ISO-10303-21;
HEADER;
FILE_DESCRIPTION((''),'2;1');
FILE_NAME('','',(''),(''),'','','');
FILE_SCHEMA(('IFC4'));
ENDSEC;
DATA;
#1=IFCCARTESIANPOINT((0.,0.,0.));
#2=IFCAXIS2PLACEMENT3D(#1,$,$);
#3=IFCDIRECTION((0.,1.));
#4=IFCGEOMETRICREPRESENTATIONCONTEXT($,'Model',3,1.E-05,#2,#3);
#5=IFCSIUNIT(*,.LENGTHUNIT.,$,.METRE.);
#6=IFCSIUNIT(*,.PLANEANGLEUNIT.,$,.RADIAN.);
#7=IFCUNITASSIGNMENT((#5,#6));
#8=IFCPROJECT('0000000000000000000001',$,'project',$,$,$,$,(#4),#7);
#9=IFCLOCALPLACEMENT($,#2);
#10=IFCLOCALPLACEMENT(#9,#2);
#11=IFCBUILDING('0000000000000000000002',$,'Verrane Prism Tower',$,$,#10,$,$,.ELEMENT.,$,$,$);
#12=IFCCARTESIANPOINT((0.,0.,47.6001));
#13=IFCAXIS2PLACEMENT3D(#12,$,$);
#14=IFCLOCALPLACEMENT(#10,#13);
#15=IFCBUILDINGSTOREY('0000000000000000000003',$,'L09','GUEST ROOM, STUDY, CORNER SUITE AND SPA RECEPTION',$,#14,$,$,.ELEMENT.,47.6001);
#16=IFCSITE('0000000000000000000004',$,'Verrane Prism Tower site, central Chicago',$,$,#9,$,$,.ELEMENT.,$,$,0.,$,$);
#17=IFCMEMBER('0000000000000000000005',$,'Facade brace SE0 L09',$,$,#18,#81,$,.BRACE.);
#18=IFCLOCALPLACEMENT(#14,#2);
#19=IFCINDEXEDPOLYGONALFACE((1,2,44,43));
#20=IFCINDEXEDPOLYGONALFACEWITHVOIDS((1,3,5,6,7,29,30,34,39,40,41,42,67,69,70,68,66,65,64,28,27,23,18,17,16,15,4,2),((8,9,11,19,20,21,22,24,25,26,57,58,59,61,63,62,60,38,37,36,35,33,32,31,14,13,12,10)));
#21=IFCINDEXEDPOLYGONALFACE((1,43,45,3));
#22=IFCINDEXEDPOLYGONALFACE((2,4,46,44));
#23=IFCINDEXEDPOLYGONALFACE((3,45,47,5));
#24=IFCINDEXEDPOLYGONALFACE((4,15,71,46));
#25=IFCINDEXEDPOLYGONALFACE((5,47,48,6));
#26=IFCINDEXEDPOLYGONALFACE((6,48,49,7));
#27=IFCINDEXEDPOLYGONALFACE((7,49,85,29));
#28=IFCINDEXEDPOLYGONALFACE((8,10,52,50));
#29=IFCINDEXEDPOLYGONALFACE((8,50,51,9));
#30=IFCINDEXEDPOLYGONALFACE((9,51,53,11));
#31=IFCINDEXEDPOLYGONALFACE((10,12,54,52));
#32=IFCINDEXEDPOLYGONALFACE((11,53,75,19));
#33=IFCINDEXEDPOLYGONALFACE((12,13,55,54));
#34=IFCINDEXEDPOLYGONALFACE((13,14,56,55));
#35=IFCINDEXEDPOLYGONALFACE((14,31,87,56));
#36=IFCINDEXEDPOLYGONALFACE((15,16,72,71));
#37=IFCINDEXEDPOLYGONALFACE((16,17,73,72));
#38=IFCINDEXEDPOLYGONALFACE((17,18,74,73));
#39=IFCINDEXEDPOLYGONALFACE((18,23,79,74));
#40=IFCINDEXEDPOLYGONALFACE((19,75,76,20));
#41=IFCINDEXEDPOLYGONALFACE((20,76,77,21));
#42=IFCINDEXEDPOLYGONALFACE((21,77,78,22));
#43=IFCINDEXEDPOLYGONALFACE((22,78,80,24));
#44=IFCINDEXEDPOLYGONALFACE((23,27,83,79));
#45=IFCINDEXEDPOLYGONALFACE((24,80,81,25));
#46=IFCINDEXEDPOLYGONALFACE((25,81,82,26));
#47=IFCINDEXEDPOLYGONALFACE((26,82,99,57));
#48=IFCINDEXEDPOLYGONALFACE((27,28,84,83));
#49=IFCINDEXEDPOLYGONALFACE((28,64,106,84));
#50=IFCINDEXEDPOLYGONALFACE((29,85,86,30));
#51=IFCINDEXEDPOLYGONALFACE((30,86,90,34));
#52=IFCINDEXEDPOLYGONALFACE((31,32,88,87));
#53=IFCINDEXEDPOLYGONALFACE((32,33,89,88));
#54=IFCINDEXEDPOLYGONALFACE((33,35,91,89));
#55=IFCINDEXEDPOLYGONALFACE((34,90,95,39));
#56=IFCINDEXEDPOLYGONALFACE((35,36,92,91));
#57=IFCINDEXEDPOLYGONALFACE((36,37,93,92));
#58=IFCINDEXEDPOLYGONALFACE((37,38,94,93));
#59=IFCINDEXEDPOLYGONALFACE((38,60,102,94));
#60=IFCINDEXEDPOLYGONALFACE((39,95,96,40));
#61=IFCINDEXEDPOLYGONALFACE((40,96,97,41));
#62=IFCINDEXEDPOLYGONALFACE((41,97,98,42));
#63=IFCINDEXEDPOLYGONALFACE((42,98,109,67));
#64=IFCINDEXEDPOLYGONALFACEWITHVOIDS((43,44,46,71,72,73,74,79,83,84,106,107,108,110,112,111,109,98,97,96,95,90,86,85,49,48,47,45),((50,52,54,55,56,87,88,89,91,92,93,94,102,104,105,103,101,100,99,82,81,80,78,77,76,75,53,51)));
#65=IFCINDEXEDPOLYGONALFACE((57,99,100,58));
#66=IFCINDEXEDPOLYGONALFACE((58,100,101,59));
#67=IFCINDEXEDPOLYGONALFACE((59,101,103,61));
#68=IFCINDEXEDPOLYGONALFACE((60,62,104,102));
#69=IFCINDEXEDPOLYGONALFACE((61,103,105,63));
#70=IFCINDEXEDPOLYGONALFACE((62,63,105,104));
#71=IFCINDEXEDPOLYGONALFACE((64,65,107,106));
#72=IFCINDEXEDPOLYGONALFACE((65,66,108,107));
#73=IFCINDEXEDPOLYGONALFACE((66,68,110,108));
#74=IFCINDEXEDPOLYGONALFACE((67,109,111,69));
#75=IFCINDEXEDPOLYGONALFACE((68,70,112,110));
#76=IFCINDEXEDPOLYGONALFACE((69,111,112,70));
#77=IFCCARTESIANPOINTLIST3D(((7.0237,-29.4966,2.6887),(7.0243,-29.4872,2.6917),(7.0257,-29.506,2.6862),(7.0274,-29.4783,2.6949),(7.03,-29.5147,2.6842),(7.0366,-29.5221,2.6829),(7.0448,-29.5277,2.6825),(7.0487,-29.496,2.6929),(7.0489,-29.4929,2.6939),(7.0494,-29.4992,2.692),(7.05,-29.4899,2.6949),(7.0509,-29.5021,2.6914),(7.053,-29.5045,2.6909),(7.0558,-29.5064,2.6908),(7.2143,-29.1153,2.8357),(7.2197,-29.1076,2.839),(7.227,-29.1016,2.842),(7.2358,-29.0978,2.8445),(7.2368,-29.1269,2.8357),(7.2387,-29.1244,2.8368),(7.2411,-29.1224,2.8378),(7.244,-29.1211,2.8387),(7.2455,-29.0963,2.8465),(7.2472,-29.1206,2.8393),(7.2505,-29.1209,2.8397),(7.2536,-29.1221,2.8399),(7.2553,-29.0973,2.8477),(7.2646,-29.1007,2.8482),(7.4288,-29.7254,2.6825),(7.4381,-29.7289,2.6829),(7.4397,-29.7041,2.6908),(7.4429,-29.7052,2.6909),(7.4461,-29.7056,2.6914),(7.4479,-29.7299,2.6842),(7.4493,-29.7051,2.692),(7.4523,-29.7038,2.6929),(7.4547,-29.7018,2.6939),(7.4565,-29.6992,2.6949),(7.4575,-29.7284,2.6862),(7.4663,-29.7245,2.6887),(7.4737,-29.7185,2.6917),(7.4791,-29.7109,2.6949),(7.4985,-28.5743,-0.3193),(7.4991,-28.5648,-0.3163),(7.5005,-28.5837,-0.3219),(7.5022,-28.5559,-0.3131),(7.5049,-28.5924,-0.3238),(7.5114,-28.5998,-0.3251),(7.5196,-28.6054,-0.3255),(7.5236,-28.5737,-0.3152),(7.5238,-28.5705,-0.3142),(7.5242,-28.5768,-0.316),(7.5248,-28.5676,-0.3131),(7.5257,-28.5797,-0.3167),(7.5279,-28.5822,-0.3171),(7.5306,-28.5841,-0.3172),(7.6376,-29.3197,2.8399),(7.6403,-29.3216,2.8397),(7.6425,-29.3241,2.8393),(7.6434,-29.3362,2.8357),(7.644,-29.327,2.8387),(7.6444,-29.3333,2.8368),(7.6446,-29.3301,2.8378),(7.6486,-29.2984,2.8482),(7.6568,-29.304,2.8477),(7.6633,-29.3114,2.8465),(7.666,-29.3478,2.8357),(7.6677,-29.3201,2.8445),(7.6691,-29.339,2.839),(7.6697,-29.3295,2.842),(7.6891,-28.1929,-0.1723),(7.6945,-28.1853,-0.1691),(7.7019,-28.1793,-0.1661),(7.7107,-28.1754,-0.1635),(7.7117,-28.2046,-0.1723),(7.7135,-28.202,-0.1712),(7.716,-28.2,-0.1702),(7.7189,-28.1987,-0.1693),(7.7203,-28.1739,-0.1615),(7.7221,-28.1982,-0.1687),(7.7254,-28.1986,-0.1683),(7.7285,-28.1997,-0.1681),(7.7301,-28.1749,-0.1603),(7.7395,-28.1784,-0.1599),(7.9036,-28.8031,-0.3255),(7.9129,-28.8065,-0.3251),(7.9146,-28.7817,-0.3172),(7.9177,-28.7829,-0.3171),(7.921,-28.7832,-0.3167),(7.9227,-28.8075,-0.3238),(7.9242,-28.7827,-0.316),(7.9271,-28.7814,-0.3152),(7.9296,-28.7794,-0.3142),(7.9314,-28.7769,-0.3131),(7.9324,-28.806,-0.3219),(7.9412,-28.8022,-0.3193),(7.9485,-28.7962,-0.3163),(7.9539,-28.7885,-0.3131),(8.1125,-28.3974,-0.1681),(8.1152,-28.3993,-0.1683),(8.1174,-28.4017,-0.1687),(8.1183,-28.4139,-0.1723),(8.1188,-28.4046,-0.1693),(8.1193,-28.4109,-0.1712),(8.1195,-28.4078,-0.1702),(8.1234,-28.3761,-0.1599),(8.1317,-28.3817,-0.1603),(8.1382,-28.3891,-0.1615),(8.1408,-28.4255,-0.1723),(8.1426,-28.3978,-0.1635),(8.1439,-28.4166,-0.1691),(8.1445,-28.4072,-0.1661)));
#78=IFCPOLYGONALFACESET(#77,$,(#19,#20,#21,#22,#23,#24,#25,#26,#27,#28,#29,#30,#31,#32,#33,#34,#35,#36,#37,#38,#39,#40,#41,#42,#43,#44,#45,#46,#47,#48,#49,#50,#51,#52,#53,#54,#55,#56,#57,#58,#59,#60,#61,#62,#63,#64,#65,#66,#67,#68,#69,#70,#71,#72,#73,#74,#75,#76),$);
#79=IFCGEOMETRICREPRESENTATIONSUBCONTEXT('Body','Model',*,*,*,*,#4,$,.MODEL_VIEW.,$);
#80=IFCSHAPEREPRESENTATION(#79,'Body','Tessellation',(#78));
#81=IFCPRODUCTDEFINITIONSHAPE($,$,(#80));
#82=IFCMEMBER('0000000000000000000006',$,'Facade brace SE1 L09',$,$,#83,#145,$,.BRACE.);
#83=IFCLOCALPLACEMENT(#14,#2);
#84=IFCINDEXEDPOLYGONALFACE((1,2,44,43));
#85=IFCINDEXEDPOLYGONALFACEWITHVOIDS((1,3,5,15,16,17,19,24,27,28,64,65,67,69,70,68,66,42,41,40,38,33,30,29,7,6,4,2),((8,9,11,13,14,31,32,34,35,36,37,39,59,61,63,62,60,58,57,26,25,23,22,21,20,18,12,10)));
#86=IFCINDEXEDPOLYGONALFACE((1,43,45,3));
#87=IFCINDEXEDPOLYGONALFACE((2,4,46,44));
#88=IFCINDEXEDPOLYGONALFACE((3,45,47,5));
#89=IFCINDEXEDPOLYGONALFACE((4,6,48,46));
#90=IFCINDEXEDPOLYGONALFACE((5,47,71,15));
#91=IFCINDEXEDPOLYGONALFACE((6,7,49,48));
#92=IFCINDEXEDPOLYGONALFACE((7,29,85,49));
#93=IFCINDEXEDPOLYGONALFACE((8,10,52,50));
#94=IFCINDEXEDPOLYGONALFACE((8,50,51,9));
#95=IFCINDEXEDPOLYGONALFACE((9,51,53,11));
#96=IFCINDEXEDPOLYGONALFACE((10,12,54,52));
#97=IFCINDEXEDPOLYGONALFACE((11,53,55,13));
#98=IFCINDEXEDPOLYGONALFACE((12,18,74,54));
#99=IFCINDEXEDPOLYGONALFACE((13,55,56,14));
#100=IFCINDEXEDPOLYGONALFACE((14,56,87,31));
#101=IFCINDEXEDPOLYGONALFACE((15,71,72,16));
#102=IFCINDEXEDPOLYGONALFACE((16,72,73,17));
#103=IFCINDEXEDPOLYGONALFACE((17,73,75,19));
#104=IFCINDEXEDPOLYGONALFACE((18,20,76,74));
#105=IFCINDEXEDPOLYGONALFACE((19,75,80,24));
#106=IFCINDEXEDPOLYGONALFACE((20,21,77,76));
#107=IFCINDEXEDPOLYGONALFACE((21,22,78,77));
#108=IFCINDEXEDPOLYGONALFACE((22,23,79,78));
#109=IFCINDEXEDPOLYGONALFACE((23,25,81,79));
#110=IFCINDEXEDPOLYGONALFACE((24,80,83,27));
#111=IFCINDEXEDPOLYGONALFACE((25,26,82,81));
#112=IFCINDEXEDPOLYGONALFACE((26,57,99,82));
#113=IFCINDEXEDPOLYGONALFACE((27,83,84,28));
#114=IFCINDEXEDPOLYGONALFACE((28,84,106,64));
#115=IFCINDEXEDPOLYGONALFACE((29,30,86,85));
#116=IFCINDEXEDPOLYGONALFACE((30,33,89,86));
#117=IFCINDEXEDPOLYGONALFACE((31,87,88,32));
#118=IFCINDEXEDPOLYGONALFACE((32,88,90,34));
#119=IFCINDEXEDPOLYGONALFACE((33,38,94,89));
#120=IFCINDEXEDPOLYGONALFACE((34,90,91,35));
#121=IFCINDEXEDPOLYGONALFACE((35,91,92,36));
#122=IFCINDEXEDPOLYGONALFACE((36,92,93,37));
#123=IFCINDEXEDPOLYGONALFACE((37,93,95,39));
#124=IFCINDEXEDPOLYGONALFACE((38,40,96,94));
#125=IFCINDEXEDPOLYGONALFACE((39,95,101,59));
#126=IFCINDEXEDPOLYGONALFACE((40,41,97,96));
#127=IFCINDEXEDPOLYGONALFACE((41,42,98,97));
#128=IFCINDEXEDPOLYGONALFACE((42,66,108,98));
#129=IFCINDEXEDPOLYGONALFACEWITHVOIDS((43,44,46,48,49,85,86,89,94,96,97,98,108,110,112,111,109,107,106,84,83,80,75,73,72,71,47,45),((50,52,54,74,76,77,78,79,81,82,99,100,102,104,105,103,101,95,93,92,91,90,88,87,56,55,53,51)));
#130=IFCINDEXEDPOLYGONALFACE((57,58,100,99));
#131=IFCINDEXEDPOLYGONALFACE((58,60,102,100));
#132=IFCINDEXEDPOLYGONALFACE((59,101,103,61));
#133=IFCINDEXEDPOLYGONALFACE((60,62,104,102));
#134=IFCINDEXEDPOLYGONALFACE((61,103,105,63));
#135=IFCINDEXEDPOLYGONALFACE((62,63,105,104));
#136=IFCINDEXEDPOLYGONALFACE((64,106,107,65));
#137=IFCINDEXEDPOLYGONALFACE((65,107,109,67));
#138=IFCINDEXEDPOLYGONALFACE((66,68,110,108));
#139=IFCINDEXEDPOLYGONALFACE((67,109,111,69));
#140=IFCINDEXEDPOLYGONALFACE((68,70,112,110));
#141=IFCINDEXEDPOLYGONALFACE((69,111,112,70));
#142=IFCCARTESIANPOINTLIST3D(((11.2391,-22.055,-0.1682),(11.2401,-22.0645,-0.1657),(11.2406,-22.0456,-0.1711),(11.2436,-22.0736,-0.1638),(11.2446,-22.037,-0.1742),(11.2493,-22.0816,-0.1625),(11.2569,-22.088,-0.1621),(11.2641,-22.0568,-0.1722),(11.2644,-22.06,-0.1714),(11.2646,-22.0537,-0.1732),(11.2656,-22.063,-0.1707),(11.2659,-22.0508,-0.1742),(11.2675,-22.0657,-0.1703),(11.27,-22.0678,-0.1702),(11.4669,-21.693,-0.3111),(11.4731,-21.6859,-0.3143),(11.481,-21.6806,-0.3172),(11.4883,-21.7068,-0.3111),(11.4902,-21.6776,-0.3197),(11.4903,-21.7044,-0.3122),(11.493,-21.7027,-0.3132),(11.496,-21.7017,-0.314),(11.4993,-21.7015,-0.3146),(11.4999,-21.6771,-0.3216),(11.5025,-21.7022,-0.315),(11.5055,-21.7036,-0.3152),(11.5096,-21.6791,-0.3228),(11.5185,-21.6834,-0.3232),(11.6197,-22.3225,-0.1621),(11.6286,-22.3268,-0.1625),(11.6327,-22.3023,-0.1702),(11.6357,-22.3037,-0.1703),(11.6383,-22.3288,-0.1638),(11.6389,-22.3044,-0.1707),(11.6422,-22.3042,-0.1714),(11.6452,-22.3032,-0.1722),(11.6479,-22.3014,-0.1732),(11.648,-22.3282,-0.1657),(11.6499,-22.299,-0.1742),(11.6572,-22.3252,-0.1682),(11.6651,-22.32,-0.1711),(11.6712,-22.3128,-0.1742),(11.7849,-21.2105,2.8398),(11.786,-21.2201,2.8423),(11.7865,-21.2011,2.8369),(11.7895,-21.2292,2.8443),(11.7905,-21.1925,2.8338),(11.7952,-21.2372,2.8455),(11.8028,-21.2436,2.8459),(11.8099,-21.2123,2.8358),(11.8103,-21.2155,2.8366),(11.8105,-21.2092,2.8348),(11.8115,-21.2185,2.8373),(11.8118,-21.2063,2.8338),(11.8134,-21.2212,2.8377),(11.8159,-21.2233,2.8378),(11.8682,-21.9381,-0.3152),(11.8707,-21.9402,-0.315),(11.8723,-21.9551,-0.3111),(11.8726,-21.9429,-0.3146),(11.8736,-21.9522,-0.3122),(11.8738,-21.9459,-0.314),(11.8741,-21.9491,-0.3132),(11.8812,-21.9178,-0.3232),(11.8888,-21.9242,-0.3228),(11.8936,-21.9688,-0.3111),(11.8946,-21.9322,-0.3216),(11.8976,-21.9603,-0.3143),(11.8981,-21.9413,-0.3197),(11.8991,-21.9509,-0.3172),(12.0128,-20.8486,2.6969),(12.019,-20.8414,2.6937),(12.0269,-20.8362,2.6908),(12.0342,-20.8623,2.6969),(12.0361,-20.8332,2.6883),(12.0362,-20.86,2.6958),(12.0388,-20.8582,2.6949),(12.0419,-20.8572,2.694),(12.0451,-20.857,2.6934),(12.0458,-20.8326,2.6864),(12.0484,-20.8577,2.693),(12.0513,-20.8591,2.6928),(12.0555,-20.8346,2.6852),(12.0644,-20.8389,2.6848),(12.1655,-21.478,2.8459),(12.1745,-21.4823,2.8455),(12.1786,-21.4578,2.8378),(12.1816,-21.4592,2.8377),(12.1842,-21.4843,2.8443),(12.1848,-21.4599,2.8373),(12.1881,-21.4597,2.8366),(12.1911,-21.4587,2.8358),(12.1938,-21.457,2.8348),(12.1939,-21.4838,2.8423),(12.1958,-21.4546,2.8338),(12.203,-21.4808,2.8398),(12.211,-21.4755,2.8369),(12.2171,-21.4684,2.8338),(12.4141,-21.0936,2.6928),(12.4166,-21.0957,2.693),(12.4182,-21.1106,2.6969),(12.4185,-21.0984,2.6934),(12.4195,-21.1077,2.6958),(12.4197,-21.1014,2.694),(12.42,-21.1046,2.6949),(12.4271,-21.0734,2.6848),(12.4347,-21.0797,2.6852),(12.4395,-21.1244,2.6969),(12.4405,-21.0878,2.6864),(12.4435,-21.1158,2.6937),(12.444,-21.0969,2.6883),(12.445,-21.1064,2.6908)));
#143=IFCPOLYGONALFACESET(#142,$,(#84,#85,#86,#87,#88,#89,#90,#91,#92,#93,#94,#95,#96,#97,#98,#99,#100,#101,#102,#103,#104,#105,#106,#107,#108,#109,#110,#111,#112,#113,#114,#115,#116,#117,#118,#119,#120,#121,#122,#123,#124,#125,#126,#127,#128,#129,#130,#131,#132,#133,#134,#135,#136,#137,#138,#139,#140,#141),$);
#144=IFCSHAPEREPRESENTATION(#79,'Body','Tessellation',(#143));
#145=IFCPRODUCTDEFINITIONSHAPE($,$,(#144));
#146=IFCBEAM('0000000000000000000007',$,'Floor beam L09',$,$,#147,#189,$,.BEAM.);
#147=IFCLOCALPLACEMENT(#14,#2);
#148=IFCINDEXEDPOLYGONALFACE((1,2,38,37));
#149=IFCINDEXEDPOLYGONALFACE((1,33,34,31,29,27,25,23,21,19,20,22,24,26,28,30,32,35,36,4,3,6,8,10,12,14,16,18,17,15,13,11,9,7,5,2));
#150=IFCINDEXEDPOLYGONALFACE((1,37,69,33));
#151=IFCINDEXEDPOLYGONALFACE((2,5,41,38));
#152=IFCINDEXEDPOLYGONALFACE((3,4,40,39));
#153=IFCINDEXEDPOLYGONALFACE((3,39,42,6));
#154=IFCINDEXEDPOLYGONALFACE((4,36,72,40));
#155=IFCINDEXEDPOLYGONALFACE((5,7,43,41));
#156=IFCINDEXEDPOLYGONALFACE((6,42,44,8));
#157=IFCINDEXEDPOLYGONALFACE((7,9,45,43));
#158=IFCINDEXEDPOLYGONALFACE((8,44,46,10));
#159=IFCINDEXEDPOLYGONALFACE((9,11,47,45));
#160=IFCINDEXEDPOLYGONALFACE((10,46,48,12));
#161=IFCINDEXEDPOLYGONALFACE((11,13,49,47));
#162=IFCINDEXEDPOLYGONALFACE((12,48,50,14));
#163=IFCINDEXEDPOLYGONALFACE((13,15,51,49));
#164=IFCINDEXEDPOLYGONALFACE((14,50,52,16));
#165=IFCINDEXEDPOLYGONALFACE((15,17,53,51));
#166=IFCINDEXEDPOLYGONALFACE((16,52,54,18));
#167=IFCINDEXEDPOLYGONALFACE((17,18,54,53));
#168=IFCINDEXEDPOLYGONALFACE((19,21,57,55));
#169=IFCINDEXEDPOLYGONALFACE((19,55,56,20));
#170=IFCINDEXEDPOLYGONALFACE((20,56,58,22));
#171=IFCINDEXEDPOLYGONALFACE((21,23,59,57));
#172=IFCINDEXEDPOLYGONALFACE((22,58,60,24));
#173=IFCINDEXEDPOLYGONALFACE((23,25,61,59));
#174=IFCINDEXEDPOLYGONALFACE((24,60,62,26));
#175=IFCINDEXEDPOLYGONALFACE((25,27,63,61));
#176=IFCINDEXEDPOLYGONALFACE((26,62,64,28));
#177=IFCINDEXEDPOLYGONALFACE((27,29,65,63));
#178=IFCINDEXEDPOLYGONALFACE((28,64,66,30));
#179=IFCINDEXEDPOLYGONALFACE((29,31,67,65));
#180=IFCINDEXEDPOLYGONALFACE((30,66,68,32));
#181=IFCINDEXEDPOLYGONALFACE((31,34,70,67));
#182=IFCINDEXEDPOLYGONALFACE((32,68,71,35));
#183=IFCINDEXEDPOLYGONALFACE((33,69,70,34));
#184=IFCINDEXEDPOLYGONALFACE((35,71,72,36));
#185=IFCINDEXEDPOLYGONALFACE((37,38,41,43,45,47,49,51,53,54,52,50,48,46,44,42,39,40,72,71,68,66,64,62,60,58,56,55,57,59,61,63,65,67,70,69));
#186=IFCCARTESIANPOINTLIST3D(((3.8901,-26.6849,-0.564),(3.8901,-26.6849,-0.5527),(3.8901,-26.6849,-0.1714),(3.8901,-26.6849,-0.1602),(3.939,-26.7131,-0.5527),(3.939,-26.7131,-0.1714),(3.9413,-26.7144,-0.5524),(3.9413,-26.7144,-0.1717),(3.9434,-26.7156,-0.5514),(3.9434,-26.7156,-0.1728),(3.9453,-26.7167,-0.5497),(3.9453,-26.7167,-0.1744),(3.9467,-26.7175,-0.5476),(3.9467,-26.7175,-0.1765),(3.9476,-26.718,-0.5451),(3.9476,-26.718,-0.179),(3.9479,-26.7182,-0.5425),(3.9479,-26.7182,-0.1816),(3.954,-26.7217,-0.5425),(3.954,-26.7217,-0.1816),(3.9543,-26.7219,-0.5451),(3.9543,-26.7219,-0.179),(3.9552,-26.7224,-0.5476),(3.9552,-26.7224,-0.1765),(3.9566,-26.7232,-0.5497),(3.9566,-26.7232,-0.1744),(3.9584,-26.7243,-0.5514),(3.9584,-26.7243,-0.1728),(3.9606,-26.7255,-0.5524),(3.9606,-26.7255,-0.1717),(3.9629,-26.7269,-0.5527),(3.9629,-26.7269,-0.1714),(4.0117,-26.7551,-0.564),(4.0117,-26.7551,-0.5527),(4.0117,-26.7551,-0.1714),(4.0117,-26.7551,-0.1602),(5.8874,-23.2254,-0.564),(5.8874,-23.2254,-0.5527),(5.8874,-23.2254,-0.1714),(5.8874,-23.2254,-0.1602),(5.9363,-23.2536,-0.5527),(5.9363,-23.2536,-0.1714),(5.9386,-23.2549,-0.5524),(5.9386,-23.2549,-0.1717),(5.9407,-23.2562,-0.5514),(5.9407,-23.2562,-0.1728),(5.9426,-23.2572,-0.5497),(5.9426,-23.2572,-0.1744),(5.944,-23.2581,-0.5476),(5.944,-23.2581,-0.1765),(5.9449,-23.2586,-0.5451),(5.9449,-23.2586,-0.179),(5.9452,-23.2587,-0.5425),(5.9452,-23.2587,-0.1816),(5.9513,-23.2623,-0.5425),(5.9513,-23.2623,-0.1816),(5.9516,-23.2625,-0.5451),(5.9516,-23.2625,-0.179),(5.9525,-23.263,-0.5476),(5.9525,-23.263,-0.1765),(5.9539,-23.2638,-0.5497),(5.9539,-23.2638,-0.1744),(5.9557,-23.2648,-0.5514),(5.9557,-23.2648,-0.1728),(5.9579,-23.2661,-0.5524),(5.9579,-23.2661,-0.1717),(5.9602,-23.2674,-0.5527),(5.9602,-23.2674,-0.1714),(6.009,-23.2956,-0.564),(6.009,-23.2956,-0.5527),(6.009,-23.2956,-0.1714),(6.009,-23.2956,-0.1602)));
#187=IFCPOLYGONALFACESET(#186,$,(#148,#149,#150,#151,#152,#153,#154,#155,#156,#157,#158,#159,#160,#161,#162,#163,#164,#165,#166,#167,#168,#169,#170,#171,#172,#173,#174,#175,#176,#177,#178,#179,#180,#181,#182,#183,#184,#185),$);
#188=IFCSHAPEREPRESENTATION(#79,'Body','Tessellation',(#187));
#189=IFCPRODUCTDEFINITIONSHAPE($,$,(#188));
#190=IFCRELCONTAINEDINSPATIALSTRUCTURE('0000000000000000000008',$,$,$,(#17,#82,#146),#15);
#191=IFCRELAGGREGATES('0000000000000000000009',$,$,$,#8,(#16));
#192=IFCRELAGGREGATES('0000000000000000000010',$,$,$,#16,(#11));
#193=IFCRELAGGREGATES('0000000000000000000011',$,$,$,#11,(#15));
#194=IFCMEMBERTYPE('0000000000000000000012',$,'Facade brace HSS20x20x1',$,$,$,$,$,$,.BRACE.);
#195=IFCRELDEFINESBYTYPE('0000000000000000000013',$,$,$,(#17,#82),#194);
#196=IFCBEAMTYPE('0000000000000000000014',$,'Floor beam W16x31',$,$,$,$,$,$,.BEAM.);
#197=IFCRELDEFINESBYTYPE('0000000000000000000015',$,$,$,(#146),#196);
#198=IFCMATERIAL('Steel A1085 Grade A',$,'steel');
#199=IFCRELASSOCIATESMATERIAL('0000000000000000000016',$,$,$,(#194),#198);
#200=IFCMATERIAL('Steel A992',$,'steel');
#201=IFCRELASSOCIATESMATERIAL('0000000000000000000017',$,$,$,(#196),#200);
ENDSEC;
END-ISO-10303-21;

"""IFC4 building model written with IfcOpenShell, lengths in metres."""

from ifc_helpers import new_model, si_unit, direction, frame, origin, origin_2d, place, context, subcontext, project, spatial, hollow_rectangle, i_section, extrude, material, material_profile, profile_set, type_object, element, save


model = new_model("IFC4")

# Units and contexts
model_context = context("Model", 3, precision=1e-05, world=origin(), true_north=direction((0.0, 1.0)))
body_context = subcontext(model_context, "Body", "Model", "MODEL_VIEW")
ifc_project = project(units=[si_unit("LENGTHUNIT", "METRE"), si_unit("PLANEANGLEUNIT", "RADIAN")], contexts=[model_context])

# Site, building, storey
site_placement = place(None, origin())
site = spatial("IfcSite", under=ifc_project, at=site_placement, Name="Verrane Prism Tower site, central Chicago", CompositionType="ELEMENT", RefElevation=0.0)
building_placement = place(site_placement, origin())
building = spatial("IfcBuilding", under=site, at=building_placement, Name="Verrane Prism Tower", CompositionType="ELEMENT")
storey_placement = place(building_placement, frame((0.0, 0.0, 47.6001)))
storey = spatial("IfcBuildingStorey", under=building, at=storey_placement, Name="L09", Description="GUEST ROOM, STUDY, CORNER SUITE AND SPA RECEPTION", CompositionType="ELEMENT", Elevation=47.6001)

# Members
ifc_material_1 = material(Name="Steel A1085 Grade A", Category="steel")
ifc_material_profile_1 = material_profile(ifc_material_1, hollow_rectangle(XDim=0.5081, YDim=0.5081, WallThickness=0.0254, InnerFilletRadius=0.0127, OuterFilletRadius=0.0381, at=origin_2d()), Name="HSS20x20x1")
ifc_profile_set_1 = profile_set([ifc_material_profile_1], Name="Steel A1085 Grade A")
member_type_1 = type_object("IfcMemberType", Name="Facade brace HSS20x20x1", PredefinedType="BRACE", material=ifc_profile_set_1)
member_1_placement = place(storey_placement, frame((7.8215, -28.4907, -0.2427), z_axis=(-0.149235, -0.289876, 0.945358), x_axis=(0.889094, -0.457726, 0.0)))
element("IfcMember", 1, at=member_1_placement, inside=storey, type_object=member_type_1, Name="Facade brace SE0 L09", PredefinedType="BRACE", context=body_context, shape_type="SweptSolid", body=[
    extrude(hollow_rectangle(XDim=0.5081, YDim=0.5081, WallThickness=0.0254, InnerFilletRadius=0.0127, OuterFilletRadius=0.0381, at=origin_2d()), origin(), (0.0, 0.0, 1.0), 3.1819),
])
member_2_placement = place(storey_placement, frame((11.5691, -22.0029, -0.2427), z_axis=(0.172116, 0.266257, 0.948411), x_axis=(-0.839811, 0.542879, 0.0)))
element("IfcMember", 2, at=member_2_placement, inside=storey, type_object=member_type_1, Name="Facade brace SE1 L09", PredefinedType="BRACE", context=body_context, shape_type="SweptSolid", body=[
    extrude(hollow_rectangle(XDim=0.5081, YDim=0.5081, WallThickness=0.0254, InnerFilletRadius=0.0127, OuterFilletRadius=0.0381, at=origin_2d()), origin(), (0.0, 0.0, 1.0), 3.1716),
])

# Beam
ifc_material_2 = material(Name="Steel A992", Category="steel")
ifc_material_profile_2 = material_profile(ifc_material_2, i_section(OverallWidth=0.1404, OverallDepth=0.4038, WebThickness=0.0071, FlangeThickness=0.0112, FilletRadius=0.0103, at=origin_2d()), Name="W16x31")
ifc_profile_set_2 = profile_set([ifc_material_profile_2], Name="Steel A992")
beam_type_1 = type_object("IfcBeamType", Name="Floor beam W16x31", PredefinedType="BEAM", material=ifc_profile_set_2)
beam_1_placement = place(storey_placement, frame((3.9509, -26.72, -0.3621), z_axis=(0.499998, 0.866027, 0.0), x_axis=(-0.866027, 0.499998, 0.0)))
element("IfcBeam", 3, at=beam_1_placement, inside=storey, type_object=beam_type_1, Name="Floor beam L09", PredefinedType="BEAM", context=body_context, shape_type="SweptSolid", body=[
    extrude(i_section(OverallWidth=0.1404, OverallDepth=0.4038, WebThickness=0.0071, FlangeThickness=0.0112, FilletRadius=0.0103, at=origin_2d()), origin(), (0.0, 0.0, 1.0), 3.9946),
])

save(model, "model.ifc")
